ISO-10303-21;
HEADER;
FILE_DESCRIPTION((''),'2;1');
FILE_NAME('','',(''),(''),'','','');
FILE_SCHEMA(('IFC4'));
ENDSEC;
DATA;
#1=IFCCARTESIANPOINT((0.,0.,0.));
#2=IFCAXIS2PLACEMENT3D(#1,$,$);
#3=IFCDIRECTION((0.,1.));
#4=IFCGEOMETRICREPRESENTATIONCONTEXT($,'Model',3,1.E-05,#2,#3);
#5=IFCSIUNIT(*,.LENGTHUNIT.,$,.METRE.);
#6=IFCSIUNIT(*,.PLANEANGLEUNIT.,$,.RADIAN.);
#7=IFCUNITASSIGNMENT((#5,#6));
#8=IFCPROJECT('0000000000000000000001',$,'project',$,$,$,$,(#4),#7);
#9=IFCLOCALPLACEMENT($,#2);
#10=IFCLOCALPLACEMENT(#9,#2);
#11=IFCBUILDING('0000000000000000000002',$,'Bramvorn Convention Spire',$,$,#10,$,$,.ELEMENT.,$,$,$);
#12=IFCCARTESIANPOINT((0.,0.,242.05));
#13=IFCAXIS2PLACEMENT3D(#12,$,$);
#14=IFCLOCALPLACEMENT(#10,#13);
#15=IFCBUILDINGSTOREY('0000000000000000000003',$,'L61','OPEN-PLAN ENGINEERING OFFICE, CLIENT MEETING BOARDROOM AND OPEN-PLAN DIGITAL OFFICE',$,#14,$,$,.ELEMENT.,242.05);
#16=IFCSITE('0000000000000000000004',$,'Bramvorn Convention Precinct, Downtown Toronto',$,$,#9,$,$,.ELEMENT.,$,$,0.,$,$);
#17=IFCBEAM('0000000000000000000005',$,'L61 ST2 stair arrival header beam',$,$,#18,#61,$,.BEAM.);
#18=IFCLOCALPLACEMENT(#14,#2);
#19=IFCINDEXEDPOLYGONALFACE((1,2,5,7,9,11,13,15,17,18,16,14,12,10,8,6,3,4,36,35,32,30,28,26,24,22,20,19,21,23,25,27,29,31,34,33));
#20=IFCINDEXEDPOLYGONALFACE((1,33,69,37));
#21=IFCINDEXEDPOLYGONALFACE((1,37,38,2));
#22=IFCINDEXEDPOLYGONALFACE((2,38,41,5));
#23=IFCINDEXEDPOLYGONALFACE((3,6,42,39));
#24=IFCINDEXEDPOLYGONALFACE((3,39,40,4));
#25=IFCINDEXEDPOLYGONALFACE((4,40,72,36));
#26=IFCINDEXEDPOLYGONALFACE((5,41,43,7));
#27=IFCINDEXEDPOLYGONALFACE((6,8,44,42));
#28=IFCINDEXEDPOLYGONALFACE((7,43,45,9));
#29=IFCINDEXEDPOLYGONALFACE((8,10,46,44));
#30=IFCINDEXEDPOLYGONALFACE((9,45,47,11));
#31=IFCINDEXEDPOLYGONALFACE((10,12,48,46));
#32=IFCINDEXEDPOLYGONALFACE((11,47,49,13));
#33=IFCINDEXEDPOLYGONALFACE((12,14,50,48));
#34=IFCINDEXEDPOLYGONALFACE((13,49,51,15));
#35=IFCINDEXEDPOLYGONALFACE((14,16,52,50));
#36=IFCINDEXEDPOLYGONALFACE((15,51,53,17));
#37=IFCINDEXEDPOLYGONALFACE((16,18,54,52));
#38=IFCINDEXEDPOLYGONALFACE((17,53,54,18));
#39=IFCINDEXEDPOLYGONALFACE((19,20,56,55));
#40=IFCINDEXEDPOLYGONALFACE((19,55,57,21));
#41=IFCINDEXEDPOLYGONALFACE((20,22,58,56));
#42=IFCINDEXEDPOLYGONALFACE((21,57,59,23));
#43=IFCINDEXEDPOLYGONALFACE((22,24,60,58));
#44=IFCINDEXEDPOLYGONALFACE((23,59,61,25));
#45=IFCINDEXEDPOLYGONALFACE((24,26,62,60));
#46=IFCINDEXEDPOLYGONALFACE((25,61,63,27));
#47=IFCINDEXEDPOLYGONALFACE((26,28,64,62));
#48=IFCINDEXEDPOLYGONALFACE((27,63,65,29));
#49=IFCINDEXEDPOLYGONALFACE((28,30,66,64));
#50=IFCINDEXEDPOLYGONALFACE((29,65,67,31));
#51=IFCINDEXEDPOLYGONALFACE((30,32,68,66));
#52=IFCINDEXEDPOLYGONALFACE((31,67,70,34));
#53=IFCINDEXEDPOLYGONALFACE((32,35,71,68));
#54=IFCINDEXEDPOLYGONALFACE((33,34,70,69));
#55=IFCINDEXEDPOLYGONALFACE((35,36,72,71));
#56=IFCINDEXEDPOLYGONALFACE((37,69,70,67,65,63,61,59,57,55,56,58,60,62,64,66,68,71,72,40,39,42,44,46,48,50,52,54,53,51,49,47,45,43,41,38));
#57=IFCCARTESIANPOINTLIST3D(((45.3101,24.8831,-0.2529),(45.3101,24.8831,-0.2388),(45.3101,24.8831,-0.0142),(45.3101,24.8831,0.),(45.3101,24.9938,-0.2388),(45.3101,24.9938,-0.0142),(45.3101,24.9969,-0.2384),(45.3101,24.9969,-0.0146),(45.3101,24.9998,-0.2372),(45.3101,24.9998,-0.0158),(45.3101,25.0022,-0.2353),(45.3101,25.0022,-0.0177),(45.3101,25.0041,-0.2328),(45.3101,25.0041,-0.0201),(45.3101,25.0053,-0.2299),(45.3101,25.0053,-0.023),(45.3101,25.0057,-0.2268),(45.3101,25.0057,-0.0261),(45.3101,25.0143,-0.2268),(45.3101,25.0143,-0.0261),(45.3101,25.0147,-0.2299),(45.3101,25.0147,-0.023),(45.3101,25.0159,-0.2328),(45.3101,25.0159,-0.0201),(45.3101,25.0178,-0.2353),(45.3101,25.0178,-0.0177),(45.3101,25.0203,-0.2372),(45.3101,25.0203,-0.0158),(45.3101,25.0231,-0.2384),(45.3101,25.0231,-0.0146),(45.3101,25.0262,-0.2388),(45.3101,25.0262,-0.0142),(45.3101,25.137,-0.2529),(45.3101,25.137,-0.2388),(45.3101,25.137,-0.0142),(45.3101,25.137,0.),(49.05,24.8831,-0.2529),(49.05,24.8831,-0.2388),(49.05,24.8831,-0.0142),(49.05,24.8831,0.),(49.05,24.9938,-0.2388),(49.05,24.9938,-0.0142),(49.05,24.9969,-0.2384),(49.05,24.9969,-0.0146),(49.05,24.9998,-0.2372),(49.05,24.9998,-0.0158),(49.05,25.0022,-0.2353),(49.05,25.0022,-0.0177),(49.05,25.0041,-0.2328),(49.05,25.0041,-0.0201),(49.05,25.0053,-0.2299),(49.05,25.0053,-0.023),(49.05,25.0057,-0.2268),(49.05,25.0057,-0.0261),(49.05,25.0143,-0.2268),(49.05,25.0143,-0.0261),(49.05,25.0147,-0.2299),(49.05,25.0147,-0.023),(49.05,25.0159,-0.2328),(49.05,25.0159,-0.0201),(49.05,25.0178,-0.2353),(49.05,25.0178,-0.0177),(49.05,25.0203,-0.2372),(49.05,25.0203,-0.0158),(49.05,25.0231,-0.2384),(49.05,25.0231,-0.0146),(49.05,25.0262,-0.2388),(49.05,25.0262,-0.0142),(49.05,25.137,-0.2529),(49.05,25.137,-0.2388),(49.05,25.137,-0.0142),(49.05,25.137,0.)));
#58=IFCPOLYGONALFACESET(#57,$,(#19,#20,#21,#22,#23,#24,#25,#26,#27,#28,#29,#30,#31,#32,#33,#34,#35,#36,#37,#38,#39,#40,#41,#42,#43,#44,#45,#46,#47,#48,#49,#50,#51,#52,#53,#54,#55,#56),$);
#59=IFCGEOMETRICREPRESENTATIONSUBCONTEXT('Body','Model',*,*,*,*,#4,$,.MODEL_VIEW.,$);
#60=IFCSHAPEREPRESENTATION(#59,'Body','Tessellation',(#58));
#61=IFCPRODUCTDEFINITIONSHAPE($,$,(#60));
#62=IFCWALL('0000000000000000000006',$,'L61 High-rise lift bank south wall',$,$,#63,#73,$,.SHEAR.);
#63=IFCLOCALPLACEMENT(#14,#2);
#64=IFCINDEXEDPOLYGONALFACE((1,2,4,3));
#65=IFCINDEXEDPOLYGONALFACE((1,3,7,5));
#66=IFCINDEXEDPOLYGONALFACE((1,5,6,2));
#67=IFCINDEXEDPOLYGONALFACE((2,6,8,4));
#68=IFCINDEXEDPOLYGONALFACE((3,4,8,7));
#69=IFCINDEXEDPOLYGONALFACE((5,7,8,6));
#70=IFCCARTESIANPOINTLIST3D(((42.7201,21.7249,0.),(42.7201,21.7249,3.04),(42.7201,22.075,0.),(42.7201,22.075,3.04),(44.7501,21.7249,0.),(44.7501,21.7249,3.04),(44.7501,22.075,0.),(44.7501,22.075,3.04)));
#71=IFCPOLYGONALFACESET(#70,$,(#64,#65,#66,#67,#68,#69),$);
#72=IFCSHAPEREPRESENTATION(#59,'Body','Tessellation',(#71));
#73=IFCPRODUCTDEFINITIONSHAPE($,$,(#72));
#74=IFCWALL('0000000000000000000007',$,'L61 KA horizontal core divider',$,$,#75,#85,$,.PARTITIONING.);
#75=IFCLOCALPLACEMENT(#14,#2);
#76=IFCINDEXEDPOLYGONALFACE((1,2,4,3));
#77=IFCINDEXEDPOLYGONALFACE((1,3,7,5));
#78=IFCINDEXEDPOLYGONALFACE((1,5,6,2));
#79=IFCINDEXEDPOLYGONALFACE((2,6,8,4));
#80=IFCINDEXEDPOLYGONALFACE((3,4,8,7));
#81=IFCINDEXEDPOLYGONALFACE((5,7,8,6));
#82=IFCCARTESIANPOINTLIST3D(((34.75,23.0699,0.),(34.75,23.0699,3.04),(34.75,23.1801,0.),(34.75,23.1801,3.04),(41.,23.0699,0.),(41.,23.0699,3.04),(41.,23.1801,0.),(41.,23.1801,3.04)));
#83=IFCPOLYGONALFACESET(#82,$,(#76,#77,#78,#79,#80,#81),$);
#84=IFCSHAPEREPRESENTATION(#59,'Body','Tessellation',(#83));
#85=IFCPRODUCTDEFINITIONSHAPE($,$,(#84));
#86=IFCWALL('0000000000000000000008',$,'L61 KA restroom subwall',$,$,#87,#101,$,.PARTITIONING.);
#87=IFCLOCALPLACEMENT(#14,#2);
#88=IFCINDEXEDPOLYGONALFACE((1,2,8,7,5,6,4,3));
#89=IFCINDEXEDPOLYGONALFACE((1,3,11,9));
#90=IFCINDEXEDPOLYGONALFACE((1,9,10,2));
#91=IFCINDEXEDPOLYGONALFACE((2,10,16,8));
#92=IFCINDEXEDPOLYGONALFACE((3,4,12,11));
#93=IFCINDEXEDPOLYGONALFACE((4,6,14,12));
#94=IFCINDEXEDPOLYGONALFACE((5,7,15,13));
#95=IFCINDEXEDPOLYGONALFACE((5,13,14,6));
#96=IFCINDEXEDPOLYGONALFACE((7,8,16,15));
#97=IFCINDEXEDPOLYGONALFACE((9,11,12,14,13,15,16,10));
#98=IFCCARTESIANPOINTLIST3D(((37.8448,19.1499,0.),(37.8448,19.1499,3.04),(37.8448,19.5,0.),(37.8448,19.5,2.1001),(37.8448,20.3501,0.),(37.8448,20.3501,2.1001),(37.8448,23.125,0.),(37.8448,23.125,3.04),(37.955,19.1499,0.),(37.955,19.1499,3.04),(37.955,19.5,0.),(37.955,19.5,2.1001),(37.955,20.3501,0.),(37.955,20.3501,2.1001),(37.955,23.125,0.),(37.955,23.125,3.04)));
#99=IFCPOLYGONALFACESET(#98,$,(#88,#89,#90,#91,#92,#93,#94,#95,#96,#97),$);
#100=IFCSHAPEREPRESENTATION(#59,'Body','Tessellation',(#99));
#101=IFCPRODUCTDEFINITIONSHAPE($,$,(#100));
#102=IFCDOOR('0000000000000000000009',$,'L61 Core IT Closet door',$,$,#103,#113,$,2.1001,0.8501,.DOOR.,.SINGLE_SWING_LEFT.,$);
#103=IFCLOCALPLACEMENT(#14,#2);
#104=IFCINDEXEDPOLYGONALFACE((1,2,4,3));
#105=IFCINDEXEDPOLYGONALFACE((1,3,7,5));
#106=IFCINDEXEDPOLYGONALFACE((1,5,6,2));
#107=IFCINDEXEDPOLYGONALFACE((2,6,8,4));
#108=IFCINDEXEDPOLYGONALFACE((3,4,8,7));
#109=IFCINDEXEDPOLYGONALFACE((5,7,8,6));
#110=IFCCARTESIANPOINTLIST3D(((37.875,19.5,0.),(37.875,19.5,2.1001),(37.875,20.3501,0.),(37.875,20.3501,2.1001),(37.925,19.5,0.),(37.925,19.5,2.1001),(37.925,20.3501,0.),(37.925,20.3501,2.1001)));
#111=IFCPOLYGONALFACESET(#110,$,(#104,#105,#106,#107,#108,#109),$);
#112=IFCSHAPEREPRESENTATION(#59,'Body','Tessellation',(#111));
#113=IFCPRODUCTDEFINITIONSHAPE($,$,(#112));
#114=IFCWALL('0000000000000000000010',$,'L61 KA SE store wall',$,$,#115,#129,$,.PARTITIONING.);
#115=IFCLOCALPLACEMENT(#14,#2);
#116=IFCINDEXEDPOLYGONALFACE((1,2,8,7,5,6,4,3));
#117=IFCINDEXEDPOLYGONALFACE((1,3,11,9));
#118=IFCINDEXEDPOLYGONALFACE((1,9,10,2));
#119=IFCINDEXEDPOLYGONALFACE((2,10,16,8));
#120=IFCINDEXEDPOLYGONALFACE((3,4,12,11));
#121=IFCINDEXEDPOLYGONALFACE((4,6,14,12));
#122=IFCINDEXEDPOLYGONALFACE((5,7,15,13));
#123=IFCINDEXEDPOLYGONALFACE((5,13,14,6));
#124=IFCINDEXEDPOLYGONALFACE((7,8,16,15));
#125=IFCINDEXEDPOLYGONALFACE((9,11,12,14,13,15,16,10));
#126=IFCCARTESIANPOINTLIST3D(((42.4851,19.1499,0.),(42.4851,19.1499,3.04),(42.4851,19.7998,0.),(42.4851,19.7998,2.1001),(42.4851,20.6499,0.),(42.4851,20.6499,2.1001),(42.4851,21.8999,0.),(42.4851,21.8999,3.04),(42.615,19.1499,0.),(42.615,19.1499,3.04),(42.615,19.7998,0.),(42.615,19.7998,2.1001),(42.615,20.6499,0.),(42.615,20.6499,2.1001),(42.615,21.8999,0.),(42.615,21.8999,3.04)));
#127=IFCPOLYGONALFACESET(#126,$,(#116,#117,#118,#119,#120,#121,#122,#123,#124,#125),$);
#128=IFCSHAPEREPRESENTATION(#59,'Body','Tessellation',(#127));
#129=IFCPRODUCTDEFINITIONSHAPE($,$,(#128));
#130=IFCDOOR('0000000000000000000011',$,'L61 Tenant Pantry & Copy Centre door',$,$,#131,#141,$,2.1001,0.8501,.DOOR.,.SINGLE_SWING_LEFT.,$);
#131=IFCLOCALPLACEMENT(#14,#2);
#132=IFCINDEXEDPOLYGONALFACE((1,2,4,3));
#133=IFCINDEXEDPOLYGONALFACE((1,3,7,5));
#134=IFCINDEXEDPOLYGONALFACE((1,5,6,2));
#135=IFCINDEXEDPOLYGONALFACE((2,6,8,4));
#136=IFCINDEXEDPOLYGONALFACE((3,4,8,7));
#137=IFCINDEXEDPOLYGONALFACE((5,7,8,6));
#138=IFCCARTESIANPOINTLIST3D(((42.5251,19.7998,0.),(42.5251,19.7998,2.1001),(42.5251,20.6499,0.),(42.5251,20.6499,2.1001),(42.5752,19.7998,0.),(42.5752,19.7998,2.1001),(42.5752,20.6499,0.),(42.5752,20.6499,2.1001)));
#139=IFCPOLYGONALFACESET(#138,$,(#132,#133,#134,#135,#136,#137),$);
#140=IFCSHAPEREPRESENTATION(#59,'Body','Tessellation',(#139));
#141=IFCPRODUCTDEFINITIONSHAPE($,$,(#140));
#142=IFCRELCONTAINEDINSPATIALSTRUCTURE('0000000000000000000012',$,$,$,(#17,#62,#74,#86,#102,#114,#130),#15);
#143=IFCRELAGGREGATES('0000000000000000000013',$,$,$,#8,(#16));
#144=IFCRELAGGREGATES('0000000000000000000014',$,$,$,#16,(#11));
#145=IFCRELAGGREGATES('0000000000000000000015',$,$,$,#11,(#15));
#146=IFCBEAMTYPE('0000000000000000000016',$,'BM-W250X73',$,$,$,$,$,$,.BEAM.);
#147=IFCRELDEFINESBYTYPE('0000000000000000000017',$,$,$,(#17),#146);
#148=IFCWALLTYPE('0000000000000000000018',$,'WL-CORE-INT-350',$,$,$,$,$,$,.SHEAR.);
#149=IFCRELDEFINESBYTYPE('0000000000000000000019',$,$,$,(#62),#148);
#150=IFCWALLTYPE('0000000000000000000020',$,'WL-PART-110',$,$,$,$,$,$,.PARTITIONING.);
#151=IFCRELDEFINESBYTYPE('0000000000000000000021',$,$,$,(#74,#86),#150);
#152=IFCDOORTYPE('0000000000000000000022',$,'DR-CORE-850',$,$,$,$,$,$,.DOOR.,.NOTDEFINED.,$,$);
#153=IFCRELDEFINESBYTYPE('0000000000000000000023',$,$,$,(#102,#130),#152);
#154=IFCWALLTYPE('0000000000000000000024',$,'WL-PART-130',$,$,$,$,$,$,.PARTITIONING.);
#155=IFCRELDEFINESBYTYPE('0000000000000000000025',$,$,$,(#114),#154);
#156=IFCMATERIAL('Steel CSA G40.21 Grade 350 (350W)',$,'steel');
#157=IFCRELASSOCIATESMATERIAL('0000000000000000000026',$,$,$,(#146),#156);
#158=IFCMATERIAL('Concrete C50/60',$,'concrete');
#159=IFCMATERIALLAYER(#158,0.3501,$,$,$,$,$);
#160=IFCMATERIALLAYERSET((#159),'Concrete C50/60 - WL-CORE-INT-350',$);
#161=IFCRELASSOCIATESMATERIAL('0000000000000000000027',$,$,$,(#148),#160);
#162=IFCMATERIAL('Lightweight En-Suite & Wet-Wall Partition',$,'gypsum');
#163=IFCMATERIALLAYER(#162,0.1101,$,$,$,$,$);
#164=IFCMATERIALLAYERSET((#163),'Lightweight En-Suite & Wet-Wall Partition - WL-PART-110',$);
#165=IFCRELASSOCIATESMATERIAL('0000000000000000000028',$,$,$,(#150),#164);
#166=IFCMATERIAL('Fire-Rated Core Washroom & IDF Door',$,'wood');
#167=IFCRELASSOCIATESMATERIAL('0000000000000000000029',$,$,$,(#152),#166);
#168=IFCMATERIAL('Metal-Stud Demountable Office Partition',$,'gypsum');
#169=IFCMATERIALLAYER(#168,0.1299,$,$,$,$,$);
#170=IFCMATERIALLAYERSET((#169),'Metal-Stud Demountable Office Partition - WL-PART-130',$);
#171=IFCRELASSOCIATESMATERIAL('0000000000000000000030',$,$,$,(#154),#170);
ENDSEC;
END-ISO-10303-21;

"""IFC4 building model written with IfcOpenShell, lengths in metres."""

from ifc_helpers import new_model, si_unit, direction, frame, frame_2d, origin, origin_2d, place, context, subcontext, project, spatial, rectangle, i_section, extrude, material, layer, layer_set, material_profile, profile_set, type_object, element, fill, save


model = new_model("IFC4")

# Units and contexts
model_context = context("Model", 3, precision=1e-05, world=origin(), true_north=direction((0.0, 1.0)))
body_context = subcontext(model_context, "Body", "Model", "MODEL_VIEW")
ifc_project = project(units=[si_unit("LENGTHUNIT", "METRE"), si_unit("PLANEANGLEUNIT", "RADIAN")], contexts=[model_context])

# Site, building, storey
site_placement = place(None, origin())
site = spatial("IfcSite", under=ifc_project, at=site_placement, Name="Bramvorn Convention Precinct, Downtown Toronto", CompositionType="ELEMENT", RefElevation=0.0)
building_placement = place(site_placement, origin())
building = spatial("IfcBuilding", under=site, at=building_placement, Name="Bramvorn Convention Spire", CompositionType="ELEMENT")
storey_placement = place(building_placement, frame((0.0, 0.0, 242.05)))
storey = spatial("IfcBuildingStorey", under=building, at=storey_placement, Name="L61", Description="OPEN-PLAN ENGINEERING OFFICE, CLIENT MEETING BOARDROOM AND OPEN-PLAN DIGITAL OFFICE", CompositionType="ELEMENT", Elevation=242.05)

# Beam
ifc_material_1 = material(Name="Steel CSA G40.21 Grade 350 (350W)", Category="steel")
ifc_material_profile = material_profile(ifc_material_1, i_section(OverallWidth=0.2539, OverallDepth=0.2529, WebThickness=0.0085, FlangeThickness=0.0142, FilletRadius=0.012, at=origin_2d()))
ifc_profile_set = profile_set([ifc_material_profile], Name="Steel CSA G40.21 Grade 350 (350W) - W250X73")
beam_type = type_object("IfcBeamType", Name="BM-W250X73", PredefinedType="BEAM", material=ifc_profile_set)
beam_placement = place(storey_placement, frame((45.3101, 25.01, -0.1265), z_axis=(1.0, 0.0, 0.0), x_axis=(0.0, 1.0, 0.0)))
element("IfcBeam", 1, at=beam_placement, inside=storey, type_object=beam_type, Name="L61 ST2 stair arrival header beam", PredefinedType="BEAM", context=body_context, shape_type="SweptSolid", body=[
    extrude(i_section(OverallWidth=0.2539, OverallDepth=0.2529, WebThickness=0.0085, FlangeThickness=0.0142, FilletRadius=0.012, at=origin_2d()), origin(), (0.0, 0.0, 1.0), 3.74),
])

# Shared definitions
ifc_material_2 = material(Name="Concrete C50/60", Category="concrete")
ifc_layer_1 = layer(ifc_material_2, 0.3501)
ifc_layer_set_1 = layer_set([ifc_layer_1], Name="Concrete C50/60 - WL-CORE-INT-350")
wall_type_1 = type_object("IfcWallType", Name="WL-CORE-INT-350", PredefinedType="SHEAR", material=ifc_layer_set_1)

# Walls
wall_1_placement = place(storey_placement, frame((42.72, 21.8999, 0.0), z_axis=(0.0, 0.0, 1.0), x_axis=(1.0, 0.0, 0.0)))
element("IfcWall", 2, at=wall_1_placement, inside=storey, type_object=wall_type_1, Name="L61 High-rise lift bank south wall", PredefinedType="SHEAR", context=body_context, shape_type="SweptSolid", body=[
    extrude(rectangle(XDim=2.03, YDim=0.3501, at=frame_2d((1.0151, 0.0))), origin(), (0.0, 0.0, 1.0), 3.04),
])
ifc_material_3 = material(Name="Lightweight En-Suite & Wet-Wall Partition", Category="gypsum")
ifc_layer_2 = layer(ifc_material_3, 0.1101)
ifc_layer_set_2 = layer_set([ifc_layer_2], Name="Lightweight En-Suite & Wet-Wall Partition - WL-PART-110")
wall_type_2 = type_object("IfcWallType", Name="WL-PART-110", PredefinedType="PARTITIONING", material=ifc_layer_set_2)
wall_2_placement = place(storey_placement, frame((34.75, 23.125, 0.0), z_axis=(0.0, 0.0, 1.0), x_axis=(1.0, 0.0, 0.0)))
element("IfcWall", 3, at=wall_2_placement, inside=storey, type_object=wall_type_2, Name="L61 KA horizontal core divider", PredefinedType="PARTITIONING", context=body_context, shape_type="SweptSolid", body=[
    extrude(rectangle(XDim=6.25, YDim=0.1101, at=frame_2d((3.125, 0.0))), origin(), (0.0, 0.0, 1.0), 3.04),
])

# Walls, openings, doors
wall_3_placement = place(storey_placement, frame((37.8999, 19.1499, 0.0), z_axis=(0.0, 0.0, 1.0), x_axis=(0.0, 1.0, 0.0)))
wall_3 = element("IfcWall", 4, at=wall_3_placement, inside=storey, type_object=wall_type_2, Name="L61 KA restroom subwall", PredefinedType="PARTITIONING", context=body_context, shape_type="SweptSolid", body=[
    extrude(rectangle(XDim=3.9751, YDim=0.1101, at=frame_2d((1.9875, 0.0))), origin(), (0.0, 0.0, 1.0), 3.04),
])
opening_1_placement = place(wall_3_placement, frame((0.3501, 0.0, 0.0)))
opening_1 = element("IfcOpeningElement", 5, at=opening_1_placement, cuts=wall_3, PredefinedType="OPENING", context=body_context, shape_type="SweptSolid", body=[
    extrude(rectangle(XDim=0.8501, YDim=2.1001, at=frame_2d((0.425, 1.05))), frame((0.0, 0.0649, 0.0), z_axis=(0.0, -1.0, 0.0), x_axis=(1.0, 0.0, 0.0)), (0.0, 0.0, 1.0), 0.1301),
])
ifc_material_4 = material(Name="Fire-Rated Core Washroom & IDF Door", Category="wood")
door_type_1 = type_object("IfcDoorType", Name="DR-CORE-850", OperationType="NOTDEFINED", PredefinedType="DOOR", material=ifc_material_4)
door_1_placement = place(opening_1_placement, origin())
door_1 = element("IfcDoor", 6, at=door_1_placement, inside=storey, type_object=door_type_1, Name="L61 Core IT Closet door", OperationType="SINGLE_SWING_LEFT", OverallHeight=2.1001, OverallWidth=0.8501, PredefinedType="DOOR", context=body_context, shape_type="SweptSolid", body=[
    extrude(rectangle(XDim=0.8501, YDim=2.1001, at=frame_2d((0.425, 1.05))), frame((0.0, 0.0249, 0.0), z_axis=(0.0, -1.0, 0.0), x_axis=(1.0, 0.0, 0.0)), (0.0, 0.0, 1.0), 0.05),
])
fill(opening_1, door_1)
ifc_material_5 = material(Name="Metal-Stud Demountable Office Partition", Category="gypsum")
ifc_layer_3 = layer(ifc_material_5, 0.1299)
ifc_layer_set_3 = layer_set([ifc_layer_3], Name="Metal-Stud Demountable Office Partition - WL-PART-130")
wall_type_3 = type_object("IfcWallType", Name="WL-PART-130", PredefinedType="PARTITIONING", material=ifc_layer_set_3)
wall_4_placement = place(storey_placement, frame((42.55, 19.1499, 0.0), z_axis=(0.0, 0.0, 1.0), x_axis=(0.0, 1.0, 0.0)))
wall_4 = element("IfcWall", 7, at=wall_4_placement, inside=storey, type_object=wall_type_3, Name="L61 KA SE store wall", PredefinedType="PARTITIONING", context=body_context, shape_type="SweptSolid", body=[
    extrude(rectangle(XDim=2.75, YDim=0.1299, at=frame_2d((1.375, 0.0))), origin(), (0.0, 0.0, 1.0), 3.04),
])
opening_2_placement = place(wall_4_placement, frame((0.6499, 0.0, 0.0)))
opening_2 = element("IfcOpeningElement", 8, at=opening_2_placement, cuts=wall_4, PredefinedType="OPENING", context=body_context, shape_type="SweptSolid", body=[
    extrude(rectangle(XDim=0.8501, YDim=2.1001, at=frame_2d((0.425, 1.05))), frame((0.0, 0.075, 0.0), z_axis=(0.0, -1.0, 0.0), x_axis=(1.0, 0.0, 0.0)), (0.0, 0.0, 1.0), 0.1499),
])
door_2_placement = place(opening_2_placement, origin())
door_2 = element("IfcDoor", 9, at=door_2_placement, inside=storey, type_object=door_type_1, Name="L61 Tenant Pantry & Copy Centre door", OperationType="SINGLE_SWING_LEFT", OverallHeight=2.1001, OverallWidth=0.8501, PredefinedType="DOOR", context=body_context, shape_type="SweptSolid", body=[
    extrude(rectangle(XDim=0.8501, YDim=2.1001, at=frame_2d((0.425, 1.05))), frame((0.0, 0.0249, 0.0), z_axis=(0.0, -1.0, 0.0), x_axis=(1.0, 0.0, 0.0)), (0.0, 0.0, 1.0), 0.05),
])
fill(opening_2, door_2)

save(model, "model.ifc")
